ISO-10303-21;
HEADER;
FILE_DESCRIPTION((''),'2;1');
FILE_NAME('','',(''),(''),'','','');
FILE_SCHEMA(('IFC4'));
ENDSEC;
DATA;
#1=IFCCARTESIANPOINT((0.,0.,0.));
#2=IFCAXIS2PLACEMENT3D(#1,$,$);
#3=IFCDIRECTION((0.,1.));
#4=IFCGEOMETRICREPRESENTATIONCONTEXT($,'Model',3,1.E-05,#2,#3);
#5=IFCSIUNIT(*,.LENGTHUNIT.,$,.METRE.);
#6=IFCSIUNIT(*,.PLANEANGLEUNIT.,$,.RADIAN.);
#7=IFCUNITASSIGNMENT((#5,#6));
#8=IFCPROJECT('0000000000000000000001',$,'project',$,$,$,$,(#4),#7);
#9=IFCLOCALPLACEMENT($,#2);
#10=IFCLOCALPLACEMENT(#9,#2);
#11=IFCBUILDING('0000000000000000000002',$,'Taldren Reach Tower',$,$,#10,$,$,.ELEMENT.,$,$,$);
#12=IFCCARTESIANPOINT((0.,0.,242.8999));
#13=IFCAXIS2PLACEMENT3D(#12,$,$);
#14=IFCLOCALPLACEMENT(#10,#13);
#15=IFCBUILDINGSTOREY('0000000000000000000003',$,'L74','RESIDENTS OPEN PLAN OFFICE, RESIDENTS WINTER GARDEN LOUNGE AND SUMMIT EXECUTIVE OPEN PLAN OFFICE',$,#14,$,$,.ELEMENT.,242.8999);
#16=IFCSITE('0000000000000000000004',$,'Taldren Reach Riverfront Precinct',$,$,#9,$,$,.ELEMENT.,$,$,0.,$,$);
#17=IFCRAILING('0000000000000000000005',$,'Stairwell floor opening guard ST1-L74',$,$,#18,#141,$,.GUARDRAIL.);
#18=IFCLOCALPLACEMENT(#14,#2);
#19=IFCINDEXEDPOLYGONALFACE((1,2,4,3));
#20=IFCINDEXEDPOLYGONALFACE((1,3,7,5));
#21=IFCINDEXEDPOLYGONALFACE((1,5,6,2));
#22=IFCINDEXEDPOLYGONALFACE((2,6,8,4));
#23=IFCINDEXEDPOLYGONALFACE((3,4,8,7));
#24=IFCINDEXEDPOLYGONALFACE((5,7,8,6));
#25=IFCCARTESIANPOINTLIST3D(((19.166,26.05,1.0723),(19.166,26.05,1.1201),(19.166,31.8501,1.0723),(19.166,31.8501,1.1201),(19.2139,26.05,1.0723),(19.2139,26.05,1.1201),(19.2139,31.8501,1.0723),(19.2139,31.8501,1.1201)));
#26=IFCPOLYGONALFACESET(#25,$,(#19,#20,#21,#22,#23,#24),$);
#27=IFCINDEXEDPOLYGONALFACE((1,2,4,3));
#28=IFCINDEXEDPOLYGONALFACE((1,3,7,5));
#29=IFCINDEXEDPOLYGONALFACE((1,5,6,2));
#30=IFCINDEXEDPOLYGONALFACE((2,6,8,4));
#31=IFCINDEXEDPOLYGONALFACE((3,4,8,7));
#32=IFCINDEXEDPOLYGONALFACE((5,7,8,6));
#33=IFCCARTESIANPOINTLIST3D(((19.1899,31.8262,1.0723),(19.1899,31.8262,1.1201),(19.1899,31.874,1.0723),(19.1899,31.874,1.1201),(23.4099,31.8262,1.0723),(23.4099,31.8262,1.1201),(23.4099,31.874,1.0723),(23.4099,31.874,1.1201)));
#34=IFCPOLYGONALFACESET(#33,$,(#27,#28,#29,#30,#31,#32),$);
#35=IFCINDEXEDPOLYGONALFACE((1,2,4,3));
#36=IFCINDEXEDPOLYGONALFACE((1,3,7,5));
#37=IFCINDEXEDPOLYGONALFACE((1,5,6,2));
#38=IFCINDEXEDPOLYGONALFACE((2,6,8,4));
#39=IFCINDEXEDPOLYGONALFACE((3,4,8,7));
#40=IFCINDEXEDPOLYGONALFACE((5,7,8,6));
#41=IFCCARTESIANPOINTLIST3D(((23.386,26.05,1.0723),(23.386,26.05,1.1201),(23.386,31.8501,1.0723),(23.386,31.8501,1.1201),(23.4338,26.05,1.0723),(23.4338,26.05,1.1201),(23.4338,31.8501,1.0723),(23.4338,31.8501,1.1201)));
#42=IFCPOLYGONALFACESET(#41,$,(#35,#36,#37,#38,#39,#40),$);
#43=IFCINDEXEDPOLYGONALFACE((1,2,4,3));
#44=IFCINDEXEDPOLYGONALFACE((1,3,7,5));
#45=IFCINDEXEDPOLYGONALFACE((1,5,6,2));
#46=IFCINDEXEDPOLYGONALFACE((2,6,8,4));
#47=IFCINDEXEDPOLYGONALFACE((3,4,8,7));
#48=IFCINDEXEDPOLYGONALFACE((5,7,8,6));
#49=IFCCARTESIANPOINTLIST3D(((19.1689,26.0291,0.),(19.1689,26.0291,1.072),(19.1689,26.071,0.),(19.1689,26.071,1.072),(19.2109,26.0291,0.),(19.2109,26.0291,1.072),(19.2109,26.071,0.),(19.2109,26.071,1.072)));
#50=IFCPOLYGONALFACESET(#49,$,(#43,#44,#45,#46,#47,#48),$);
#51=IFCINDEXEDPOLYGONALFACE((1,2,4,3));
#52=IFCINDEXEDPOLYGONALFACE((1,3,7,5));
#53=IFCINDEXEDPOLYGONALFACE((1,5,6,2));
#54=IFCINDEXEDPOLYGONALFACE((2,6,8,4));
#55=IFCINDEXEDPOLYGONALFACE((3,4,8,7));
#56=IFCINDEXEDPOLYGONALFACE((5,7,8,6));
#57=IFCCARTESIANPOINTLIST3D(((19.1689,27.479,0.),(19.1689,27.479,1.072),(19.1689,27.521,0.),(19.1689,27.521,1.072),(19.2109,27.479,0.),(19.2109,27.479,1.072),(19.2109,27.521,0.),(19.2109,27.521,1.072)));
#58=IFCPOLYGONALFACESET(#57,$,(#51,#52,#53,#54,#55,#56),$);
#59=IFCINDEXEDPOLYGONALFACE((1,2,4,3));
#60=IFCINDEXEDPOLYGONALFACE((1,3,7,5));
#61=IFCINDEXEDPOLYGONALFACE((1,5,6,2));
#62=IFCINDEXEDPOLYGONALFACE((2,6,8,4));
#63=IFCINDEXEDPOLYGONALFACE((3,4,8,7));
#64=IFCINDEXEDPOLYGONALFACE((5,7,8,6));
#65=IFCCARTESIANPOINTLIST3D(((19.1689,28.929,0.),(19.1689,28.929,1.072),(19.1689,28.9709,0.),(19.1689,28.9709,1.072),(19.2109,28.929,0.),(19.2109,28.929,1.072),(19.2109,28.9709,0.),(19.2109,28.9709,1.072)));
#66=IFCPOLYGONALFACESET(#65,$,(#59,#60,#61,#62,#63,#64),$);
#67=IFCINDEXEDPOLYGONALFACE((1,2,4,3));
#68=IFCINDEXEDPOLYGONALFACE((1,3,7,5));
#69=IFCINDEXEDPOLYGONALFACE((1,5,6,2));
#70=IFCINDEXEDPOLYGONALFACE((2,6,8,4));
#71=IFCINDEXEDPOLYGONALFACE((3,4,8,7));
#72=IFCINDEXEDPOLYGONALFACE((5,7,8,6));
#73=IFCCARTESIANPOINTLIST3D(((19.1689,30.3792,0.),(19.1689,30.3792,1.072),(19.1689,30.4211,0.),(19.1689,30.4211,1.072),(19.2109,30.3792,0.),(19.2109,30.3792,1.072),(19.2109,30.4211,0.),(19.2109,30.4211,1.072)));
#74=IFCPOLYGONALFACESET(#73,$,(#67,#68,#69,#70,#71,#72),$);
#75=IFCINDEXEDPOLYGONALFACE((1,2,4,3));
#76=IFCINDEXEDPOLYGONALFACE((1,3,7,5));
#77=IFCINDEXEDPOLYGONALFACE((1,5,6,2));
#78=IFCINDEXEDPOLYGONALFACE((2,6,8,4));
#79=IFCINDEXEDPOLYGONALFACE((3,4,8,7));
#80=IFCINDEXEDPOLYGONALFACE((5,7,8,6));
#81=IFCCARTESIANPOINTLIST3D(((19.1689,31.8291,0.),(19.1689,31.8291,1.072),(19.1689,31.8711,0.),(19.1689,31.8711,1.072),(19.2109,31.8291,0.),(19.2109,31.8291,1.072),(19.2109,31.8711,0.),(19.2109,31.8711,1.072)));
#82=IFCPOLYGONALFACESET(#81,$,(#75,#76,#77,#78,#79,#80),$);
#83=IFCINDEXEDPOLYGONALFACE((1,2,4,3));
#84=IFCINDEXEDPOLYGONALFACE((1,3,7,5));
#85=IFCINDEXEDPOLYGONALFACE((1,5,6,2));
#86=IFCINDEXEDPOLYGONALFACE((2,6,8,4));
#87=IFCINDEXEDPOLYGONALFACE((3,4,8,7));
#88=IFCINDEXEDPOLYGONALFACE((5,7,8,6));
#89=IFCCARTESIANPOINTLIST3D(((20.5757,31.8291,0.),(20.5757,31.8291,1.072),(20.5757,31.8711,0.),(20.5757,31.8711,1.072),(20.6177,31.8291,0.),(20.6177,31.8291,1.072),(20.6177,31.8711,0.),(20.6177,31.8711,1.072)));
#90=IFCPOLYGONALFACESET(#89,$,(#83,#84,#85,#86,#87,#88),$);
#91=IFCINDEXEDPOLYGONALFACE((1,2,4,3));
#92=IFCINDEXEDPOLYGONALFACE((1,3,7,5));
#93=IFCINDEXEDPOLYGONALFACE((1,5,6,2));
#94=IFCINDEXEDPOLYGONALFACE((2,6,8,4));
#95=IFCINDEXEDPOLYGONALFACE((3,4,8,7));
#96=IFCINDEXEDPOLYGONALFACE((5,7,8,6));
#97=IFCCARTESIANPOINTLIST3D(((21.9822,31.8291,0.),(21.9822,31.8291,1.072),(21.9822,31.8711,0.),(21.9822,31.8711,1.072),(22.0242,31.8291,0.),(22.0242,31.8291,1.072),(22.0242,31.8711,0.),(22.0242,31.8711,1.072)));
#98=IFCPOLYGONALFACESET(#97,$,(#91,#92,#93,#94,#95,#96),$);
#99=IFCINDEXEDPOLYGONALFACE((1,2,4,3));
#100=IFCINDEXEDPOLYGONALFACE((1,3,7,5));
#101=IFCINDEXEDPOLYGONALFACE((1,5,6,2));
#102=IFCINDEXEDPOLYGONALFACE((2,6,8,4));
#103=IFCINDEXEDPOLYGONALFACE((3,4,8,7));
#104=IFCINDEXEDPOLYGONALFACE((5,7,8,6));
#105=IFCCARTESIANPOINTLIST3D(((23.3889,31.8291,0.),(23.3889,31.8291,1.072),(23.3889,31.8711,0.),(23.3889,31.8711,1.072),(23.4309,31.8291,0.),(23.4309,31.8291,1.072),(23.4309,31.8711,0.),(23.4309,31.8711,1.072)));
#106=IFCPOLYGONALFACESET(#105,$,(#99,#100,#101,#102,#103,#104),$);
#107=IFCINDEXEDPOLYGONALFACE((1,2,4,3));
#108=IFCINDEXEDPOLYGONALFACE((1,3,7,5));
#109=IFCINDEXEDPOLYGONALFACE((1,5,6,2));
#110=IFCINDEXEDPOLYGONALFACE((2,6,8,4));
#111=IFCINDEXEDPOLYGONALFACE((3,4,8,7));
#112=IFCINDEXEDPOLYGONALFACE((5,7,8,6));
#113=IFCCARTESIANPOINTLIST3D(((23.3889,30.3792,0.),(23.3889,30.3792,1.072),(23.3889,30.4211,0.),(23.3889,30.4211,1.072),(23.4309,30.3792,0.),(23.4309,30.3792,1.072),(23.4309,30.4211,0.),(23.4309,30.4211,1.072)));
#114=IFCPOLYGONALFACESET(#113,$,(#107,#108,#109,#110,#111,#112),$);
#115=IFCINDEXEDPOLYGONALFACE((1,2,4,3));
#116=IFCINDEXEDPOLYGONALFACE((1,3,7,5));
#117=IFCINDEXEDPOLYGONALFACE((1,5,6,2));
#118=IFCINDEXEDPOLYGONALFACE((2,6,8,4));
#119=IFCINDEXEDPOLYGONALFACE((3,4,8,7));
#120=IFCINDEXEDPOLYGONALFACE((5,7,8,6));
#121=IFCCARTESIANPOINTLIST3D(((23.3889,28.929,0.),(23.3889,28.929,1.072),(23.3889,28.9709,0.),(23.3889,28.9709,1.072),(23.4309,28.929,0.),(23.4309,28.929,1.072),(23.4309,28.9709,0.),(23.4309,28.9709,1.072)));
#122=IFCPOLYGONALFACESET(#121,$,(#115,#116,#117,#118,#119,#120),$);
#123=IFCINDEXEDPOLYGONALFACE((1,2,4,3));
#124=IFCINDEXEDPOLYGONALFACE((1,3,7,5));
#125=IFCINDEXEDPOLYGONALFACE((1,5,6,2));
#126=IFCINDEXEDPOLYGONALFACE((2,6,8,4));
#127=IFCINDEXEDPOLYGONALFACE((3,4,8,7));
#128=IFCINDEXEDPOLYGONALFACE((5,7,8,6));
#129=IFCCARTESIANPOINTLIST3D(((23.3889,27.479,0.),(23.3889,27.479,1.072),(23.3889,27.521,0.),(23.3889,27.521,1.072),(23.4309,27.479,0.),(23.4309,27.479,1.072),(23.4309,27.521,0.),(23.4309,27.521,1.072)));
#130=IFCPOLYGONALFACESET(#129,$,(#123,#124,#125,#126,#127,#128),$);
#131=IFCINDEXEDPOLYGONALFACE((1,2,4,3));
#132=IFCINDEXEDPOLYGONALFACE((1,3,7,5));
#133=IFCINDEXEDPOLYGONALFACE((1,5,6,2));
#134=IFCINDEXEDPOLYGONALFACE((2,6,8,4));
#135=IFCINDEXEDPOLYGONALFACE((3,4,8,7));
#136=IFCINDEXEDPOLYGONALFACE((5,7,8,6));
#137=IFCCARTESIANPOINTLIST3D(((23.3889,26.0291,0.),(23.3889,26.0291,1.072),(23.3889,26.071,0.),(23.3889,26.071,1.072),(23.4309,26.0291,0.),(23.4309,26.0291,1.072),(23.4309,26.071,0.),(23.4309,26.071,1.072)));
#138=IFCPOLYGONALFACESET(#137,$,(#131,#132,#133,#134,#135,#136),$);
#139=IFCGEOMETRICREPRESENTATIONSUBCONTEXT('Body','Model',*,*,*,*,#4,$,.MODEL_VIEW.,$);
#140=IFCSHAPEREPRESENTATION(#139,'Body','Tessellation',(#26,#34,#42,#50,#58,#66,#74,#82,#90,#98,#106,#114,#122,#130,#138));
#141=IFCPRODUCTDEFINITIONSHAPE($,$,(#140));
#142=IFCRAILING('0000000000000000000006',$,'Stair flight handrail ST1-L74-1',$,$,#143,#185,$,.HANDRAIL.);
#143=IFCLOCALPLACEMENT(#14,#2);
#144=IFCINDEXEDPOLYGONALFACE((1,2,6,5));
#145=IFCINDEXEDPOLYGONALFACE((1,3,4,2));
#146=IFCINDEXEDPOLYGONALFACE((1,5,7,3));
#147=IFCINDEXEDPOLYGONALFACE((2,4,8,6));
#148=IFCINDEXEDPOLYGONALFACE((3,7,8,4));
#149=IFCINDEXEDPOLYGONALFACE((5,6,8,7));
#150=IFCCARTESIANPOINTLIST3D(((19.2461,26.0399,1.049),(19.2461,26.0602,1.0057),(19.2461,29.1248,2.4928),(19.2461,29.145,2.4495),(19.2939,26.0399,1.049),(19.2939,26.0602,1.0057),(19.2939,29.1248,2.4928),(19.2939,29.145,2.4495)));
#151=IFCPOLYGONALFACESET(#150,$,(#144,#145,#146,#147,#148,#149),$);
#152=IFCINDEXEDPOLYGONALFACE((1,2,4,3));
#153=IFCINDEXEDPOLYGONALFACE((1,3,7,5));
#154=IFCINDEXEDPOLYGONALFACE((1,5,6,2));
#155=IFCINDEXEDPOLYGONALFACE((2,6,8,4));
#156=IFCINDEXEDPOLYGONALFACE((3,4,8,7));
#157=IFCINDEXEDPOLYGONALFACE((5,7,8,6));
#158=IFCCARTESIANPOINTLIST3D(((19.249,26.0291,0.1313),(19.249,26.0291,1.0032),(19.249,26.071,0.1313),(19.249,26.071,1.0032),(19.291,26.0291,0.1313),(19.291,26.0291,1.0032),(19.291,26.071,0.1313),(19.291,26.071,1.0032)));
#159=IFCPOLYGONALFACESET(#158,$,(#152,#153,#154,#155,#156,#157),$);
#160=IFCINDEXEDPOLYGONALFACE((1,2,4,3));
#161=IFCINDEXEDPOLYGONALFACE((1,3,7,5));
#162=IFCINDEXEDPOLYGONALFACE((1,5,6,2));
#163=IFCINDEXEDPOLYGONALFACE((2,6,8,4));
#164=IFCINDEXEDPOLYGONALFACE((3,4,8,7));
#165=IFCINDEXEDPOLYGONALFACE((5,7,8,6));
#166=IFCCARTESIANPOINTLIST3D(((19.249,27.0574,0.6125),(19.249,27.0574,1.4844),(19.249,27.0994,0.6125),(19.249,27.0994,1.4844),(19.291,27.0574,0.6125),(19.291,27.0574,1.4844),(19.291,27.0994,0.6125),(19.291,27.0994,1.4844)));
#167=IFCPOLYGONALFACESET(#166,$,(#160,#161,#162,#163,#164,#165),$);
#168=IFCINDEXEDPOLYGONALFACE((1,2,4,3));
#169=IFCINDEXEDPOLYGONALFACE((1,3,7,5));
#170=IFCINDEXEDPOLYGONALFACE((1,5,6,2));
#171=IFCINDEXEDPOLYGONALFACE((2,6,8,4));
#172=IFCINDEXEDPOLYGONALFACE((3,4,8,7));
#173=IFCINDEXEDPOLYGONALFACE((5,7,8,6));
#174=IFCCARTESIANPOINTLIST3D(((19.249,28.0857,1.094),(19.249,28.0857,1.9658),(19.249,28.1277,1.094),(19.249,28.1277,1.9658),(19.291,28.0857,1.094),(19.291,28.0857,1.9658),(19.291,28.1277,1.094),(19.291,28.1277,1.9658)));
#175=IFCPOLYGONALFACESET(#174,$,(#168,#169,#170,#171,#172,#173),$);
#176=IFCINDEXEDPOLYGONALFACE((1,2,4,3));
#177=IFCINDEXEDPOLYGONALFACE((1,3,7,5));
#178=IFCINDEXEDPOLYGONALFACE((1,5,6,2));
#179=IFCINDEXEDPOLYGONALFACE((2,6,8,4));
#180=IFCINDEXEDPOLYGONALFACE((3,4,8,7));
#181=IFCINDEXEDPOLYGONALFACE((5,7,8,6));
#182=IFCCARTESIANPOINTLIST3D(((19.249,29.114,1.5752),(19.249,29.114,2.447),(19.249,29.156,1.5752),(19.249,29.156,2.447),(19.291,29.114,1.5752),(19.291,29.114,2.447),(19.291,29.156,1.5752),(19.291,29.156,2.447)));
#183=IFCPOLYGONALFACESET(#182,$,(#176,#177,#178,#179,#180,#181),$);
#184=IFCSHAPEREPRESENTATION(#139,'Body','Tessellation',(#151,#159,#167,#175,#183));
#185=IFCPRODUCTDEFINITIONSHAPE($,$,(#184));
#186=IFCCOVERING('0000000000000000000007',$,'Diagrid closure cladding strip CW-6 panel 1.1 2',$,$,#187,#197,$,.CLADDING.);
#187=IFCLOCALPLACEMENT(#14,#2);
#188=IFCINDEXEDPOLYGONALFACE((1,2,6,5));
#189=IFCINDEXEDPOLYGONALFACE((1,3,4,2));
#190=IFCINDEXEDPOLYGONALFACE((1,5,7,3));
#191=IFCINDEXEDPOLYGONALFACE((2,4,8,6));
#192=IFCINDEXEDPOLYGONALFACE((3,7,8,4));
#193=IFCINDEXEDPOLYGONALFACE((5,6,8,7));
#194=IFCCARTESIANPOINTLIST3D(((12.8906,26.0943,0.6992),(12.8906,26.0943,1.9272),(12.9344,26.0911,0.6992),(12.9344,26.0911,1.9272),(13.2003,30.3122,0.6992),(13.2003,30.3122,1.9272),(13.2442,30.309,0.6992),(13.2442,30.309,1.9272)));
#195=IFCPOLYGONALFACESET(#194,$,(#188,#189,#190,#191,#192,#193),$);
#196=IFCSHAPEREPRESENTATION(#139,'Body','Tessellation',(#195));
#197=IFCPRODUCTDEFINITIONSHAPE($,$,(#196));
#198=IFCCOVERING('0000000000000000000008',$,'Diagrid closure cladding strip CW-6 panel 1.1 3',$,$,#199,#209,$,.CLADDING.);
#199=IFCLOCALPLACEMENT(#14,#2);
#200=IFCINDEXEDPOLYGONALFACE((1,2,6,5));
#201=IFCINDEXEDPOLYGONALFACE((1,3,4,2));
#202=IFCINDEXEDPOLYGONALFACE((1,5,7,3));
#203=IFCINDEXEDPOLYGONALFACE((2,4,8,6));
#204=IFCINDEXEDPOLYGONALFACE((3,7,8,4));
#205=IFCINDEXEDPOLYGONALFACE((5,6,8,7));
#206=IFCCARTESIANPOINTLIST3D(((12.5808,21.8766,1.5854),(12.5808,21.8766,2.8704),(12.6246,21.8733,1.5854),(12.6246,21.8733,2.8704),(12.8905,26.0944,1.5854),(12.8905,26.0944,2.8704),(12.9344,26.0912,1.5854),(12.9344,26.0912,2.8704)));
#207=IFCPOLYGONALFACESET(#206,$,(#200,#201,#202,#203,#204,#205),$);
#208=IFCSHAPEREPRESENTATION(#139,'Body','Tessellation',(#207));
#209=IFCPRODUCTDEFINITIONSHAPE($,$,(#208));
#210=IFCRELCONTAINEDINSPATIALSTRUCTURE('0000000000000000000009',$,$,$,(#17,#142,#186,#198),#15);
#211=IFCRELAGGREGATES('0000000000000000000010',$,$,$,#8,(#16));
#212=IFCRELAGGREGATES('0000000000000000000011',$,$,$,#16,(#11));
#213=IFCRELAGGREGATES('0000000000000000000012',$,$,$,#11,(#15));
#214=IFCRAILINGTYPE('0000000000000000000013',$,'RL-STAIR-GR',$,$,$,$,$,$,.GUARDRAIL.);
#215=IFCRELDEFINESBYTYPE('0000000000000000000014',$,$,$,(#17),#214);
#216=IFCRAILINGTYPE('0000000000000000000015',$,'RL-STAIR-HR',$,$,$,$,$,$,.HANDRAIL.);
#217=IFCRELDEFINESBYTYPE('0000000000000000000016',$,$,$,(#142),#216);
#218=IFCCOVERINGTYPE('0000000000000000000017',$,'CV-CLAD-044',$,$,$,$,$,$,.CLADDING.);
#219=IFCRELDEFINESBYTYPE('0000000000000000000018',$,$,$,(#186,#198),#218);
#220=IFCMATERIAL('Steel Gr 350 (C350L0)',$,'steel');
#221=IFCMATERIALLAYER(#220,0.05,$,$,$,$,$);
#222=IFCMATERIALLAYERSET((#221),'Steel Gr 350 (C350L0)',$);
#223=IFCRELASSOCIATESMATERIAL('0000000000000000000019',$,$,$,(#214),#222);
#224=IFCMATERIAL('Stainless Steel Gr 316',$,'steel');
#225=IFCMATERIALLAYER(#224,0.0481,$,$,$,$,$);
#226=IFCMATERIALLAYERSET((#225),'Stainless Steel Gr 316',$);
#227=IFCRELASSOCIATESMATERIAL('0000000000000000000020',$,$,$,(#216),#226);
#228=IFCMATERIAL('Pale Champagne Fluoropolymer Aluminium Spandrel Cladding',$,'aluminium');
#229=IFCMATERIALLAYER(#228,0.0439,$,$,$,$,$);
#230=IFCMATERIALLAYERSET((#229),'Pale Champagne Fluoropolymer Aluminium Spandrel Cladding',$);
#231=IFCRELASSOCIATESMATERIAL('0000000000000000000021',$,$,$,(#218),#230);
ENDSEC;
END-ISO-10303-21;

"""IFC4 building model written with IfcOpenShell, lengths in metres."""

from ifc_helpers import new_model, si_unit, direction, frame, origin, origin_2d, place, context, subcontext, project, spatial, rectangle, extrude, source, transform, mapped, material, layer, layer_set, type_object, element, save


model = new_model("IFC4")

# Units and contexts
model_context = context("Model", 3, precision=1e-05, world=origin(), true_north=direction((0.0, 1.0)))
body_context = subcontext(model_context, "Body", "Model", "MODEL_VIEW")
ifc_project = project(units=[si_unit("LENGTHUNIT", "METRE"), si_unit("PLANEANGLEUNIT", "RADIAN")], contexts=[model_context])

# Site, building, storey
site_placement = place(None, origin())
site = spatial("IfcSite", under=ifc_project, at=site_placement, Name="Taldren Reach Riverfront Precinct", CompositionType="ELEMENT", RefElevation=0.0)
building_placement = place(site_placement, origin())
building = spatial("IfcBuilding", under=site, at=building_placement, Name="Taldren Reach Tower", CompositionType="ELEMENT")
storey_placement = place(building_placement, frame((0.0, 0.0, 242.8999)))
storey = spatial("IfcBuildingStorey", under=building, at=storey_placement, Name="L74", Description="RESIDENTS OPEN PLAN OFFICE, RESIDENTS WINTER GARDEN LOUNGE AND SUMMIT EXECUTIVE OPEN PLAN OFFICE", CompositionType="ELEMENT", Elevation=242.8999)

# Shared definitions
ifc_material_1 = material(Name="Steel Gr 350 (C350L0)", Category="steel")

# Railings
ifc_layer_1 = layer(ifc_material_1, 0.05)
ifc_layer_set_1 = layer_set([ifc_layer_1], Name="Steel Gr 350 (C350L0)")
railing_type_1 = type_object("IfcRailingType", Name="RL-STAIR-GR", PredefinedType="GUARDRAIL", material=ifc_layer_set_1)
railing_1_placement = place(storey_placement, frame((19.1899, 26.05, 0.0)))
element("IfcRailing", 1, at=railing_1_placement, inside=storey, type_object=railing_type_1, Name="Stairwell floor opening guard ST1-L74", PredefinedType="GUARDRAIL", context=body_context, shape_type="SweptSolid", body=[
    extrude(rectangle(XDim=0.0479, YDim=0.0479, at=origin_2d()), frame((0.0, 0.0, 1.0962), z_axis=(0.0, 1.0, 0.0), x_axis=(-1.0, 0.0, 0.0)), (0.0, 0.0, 1.0), 5.8),
    extrude(rectangle(XDim=0.0479, YDim=0.0479, at=origin_2d()), frame((0.0, 5.8, 1.0962), z_axis=(1.0, 0.0, 0.0), x_axis=(0.0, 1.0, 0.0)), (0.0, 0.0, 1.0), 4.22),
    extrude(rectangle(XDim=0.0479, YDim=0.0479, at=origin_2d()), frame((4.22, 5.8, 1.0962), z_axis=(0.0, -1.0, 0.0), x_axis=(1.0, 0.0, 0.0)), (0.0, 0.0, 1.0), 5.8),
    extrude(rectangle(XDim=0.042, YDim=0.042, at=origin_2d()), origin(), (0.0, 0.0, 1.0), 1.072),
    extrude(rectangle(XDim=0.042, YDim=0.042, at=origin_2d()), frame((0.0, 1.45, 0.0)), (0.0, 0.0, 1.0), 1.072),
    extrude(rectangle(XDim=0.042, YDim=0.042, at=origin_2d()), frame((0.0, 2.8999, 0.0)), (0.0, 0.0, 1.0), 1.072),
    extrude(rectangle(XDim=0.042, YDim=0.042, at=origin_2d()), frame((0.0, 4.3501, 0.0)), (0.0, 0.0, 1.0), 1.072),
    extrude(rectangle(XDim=0.042, YDim=0.042, at=origin_2d()), frame((0.0, 5.8, 0.0)), (0.0, 0.0, 1.0), 1.072),
    extrude(rectangle(XDim=0.042, YDim=0.042, at=origin_2d()), frame((1.4067, 5.8, 0.0)), (0.0, 0.0, 1.0), 1.072),
    extrude(rectangle(XDim=0.042, YDim=0.042, at=origin_2d()), frame((2.8132, 5.8, 0.0)), (0.0, 0.0, 1.0), 1.072),
    extrude(rectangle(XDim=0.042, YDim=0.042, at=origin_2d()), frame((4.22, 5.8, 0.0)), (0.0, 0.0, 1.0), 1.072),
    extrude(rectangle(XDim=0.042, YDim=0.042, at=origin_2d()), frame((4.22, 4.3501, 0.0)), (0.0, 0.0, 1.0), 1.072),
    extrude(rectangle(XDim=0.042, YDim=0.042, at=origin_2d()), frame((4.22, 2.8999, 0.0)), (0.0, 0.0, 1.0), 1.072),
    extrude(rectangle(XDim=0.042, YDim=0.042, at=origin_2d()), frame((4.22, 1.45, 0.0)), (0.0, 0.0, 1.0), 1.072),
    extrude(rectangle(XDim=0.042, YDim=0.042, at=origin_2d()), frame((4.22, 0.0, 0.0)), (0.0, 0.0, 1.0), 1.072),
])
ifc_material_2 = material(Name="Stainless Steel Gr 316", Category="steel")
ifc_layer_2 = layer(ifc_material_2, 0.0481)
ifc_layer_set_2 = layer_set([ifc_layer_2], Name="Stainless Steel Gr 316")
railing_type_2 = type_object("IfcRailingType", Name="RL-STAIR-HR", PredefinedType="HANDRAIL", material=ifc_layer_set_2)
railing_2_placement = place(storey_placement, frame((19.27, 26.05, 0.1313)))
element("IfcRailing", 2, at=railing_2_placement, inside=storey, type_object=railing_type_2, Name="Stair flight handrail ST1-L74-1", PredefinedType="HANDRAIL", context=body_context, shape_type="SweptSolid", body=[
    extrude(rectangle(XDim=0.0479, YDim=0.0479, at=origin_2d()), frame((0.0, 0.0, 0.896), z_axis=(0.0, 0.90571, 0.423898), x_axis=(-1.0, 0.0, 0.0)), (0.0, 0.0, 1.0), 3.406),
    extrude(rectangle(XDim=0.042, YDim=0.042, at=origin_2d()), origin(), (0.0, 0.0, 1.0), 0.8718),
    extrude(rectangle(XDim=0.042, YDim=0.042, at=origin_2d()), frame((0.0, 1.0283, 0.4812)), (0.0, 0.0, 1.0), 0.8718),
    extrude(rectangle(XDim=0.042, YDim=0.042, at=origin_2d()), frame((0.0, 2.0566, 0.9626)), (0.0, 0.0, 1.0), 0.8718),
    extrude(rectangle(XDim=0.042, YDim=0.042, at=origin_2d()), frame((0.0, 3.085, 1.4438)), (0.0, 0.0, 1.0), 0.8718),
])

# Coverings
ifc_material_3 = material(Name="Pale Champagne Fluoropolymer Aluminium Spandrel Cladding", Category="aluminium")
ifc_layer_3 = layer(ifc_material_3, 0.0439)
ifc_layer_set_3 = layer_set([ifc_layer_3], Name="Pale Champagne Fluoropolymer Aluminium Spandrel Cladding")
covering_type = type_object("IfcCoveringType", Name="CV-CLAD-044", PredefinedType="CLADDING", material=ifc_layer_set_3)
shared_shape_1 = source(origin(), body_context, "Body", "SweptSolid", [
    extrude(rectangle(XDim=4.2292, YDim=0.0439, at=origin_2d()), origin(), (0.0, 0.0, 1.0), 1.228),
])
covering_1_placement = place(storey_placement, frame((13.0674, 28.2017, 0.6992), z_axis=(0.0, 0.0, 1.0), x_axis=(-0.073238, -0.997314, 0.0)))
element("IfcCovering", 3, at=covering_1_placement, inside=storey, type_object=covering_type, Name="Diagrid closure cladding strip CW-6 panel 1.1 2", PredefinedType="CLADDING", context=body_context, shape_type="MappedRepresentation", body=[
    mapped(shared_shape_1, transform((0.0, 0.0, 0.0), scale=1.0)),
])
shared_shape_2 = source(origin(), body_context, "Body", "SweptSolid", [
    extrude(rectangle(XDim=4.2292, YDim=0.0439, at=origin_2d()), origin(), (0.0, 0.0, 1.0), 1.2849),
])
covering_2_placement = place(storey_placement, frame((12.7576, 23.9839, 1.5854), z_axis=(0.0, 0.0, 1.0), x_axis=(-0.073238, -0.997314, 0.0)))
element("IfcCovering", 4, at=covering_2_placement, inside=storey, type_object=covering_type, Name="Diagrid closure cladding strip CW-6 panel 1.1 3", PredefinedType="CLADDING", context=body_context, shape_type="MappedRepresentation", body=[
    mapped(shared_shape_2, transform((0.0, 0.0, 0.0), scale=1.0)),
])

save(model, "model.ifc")
